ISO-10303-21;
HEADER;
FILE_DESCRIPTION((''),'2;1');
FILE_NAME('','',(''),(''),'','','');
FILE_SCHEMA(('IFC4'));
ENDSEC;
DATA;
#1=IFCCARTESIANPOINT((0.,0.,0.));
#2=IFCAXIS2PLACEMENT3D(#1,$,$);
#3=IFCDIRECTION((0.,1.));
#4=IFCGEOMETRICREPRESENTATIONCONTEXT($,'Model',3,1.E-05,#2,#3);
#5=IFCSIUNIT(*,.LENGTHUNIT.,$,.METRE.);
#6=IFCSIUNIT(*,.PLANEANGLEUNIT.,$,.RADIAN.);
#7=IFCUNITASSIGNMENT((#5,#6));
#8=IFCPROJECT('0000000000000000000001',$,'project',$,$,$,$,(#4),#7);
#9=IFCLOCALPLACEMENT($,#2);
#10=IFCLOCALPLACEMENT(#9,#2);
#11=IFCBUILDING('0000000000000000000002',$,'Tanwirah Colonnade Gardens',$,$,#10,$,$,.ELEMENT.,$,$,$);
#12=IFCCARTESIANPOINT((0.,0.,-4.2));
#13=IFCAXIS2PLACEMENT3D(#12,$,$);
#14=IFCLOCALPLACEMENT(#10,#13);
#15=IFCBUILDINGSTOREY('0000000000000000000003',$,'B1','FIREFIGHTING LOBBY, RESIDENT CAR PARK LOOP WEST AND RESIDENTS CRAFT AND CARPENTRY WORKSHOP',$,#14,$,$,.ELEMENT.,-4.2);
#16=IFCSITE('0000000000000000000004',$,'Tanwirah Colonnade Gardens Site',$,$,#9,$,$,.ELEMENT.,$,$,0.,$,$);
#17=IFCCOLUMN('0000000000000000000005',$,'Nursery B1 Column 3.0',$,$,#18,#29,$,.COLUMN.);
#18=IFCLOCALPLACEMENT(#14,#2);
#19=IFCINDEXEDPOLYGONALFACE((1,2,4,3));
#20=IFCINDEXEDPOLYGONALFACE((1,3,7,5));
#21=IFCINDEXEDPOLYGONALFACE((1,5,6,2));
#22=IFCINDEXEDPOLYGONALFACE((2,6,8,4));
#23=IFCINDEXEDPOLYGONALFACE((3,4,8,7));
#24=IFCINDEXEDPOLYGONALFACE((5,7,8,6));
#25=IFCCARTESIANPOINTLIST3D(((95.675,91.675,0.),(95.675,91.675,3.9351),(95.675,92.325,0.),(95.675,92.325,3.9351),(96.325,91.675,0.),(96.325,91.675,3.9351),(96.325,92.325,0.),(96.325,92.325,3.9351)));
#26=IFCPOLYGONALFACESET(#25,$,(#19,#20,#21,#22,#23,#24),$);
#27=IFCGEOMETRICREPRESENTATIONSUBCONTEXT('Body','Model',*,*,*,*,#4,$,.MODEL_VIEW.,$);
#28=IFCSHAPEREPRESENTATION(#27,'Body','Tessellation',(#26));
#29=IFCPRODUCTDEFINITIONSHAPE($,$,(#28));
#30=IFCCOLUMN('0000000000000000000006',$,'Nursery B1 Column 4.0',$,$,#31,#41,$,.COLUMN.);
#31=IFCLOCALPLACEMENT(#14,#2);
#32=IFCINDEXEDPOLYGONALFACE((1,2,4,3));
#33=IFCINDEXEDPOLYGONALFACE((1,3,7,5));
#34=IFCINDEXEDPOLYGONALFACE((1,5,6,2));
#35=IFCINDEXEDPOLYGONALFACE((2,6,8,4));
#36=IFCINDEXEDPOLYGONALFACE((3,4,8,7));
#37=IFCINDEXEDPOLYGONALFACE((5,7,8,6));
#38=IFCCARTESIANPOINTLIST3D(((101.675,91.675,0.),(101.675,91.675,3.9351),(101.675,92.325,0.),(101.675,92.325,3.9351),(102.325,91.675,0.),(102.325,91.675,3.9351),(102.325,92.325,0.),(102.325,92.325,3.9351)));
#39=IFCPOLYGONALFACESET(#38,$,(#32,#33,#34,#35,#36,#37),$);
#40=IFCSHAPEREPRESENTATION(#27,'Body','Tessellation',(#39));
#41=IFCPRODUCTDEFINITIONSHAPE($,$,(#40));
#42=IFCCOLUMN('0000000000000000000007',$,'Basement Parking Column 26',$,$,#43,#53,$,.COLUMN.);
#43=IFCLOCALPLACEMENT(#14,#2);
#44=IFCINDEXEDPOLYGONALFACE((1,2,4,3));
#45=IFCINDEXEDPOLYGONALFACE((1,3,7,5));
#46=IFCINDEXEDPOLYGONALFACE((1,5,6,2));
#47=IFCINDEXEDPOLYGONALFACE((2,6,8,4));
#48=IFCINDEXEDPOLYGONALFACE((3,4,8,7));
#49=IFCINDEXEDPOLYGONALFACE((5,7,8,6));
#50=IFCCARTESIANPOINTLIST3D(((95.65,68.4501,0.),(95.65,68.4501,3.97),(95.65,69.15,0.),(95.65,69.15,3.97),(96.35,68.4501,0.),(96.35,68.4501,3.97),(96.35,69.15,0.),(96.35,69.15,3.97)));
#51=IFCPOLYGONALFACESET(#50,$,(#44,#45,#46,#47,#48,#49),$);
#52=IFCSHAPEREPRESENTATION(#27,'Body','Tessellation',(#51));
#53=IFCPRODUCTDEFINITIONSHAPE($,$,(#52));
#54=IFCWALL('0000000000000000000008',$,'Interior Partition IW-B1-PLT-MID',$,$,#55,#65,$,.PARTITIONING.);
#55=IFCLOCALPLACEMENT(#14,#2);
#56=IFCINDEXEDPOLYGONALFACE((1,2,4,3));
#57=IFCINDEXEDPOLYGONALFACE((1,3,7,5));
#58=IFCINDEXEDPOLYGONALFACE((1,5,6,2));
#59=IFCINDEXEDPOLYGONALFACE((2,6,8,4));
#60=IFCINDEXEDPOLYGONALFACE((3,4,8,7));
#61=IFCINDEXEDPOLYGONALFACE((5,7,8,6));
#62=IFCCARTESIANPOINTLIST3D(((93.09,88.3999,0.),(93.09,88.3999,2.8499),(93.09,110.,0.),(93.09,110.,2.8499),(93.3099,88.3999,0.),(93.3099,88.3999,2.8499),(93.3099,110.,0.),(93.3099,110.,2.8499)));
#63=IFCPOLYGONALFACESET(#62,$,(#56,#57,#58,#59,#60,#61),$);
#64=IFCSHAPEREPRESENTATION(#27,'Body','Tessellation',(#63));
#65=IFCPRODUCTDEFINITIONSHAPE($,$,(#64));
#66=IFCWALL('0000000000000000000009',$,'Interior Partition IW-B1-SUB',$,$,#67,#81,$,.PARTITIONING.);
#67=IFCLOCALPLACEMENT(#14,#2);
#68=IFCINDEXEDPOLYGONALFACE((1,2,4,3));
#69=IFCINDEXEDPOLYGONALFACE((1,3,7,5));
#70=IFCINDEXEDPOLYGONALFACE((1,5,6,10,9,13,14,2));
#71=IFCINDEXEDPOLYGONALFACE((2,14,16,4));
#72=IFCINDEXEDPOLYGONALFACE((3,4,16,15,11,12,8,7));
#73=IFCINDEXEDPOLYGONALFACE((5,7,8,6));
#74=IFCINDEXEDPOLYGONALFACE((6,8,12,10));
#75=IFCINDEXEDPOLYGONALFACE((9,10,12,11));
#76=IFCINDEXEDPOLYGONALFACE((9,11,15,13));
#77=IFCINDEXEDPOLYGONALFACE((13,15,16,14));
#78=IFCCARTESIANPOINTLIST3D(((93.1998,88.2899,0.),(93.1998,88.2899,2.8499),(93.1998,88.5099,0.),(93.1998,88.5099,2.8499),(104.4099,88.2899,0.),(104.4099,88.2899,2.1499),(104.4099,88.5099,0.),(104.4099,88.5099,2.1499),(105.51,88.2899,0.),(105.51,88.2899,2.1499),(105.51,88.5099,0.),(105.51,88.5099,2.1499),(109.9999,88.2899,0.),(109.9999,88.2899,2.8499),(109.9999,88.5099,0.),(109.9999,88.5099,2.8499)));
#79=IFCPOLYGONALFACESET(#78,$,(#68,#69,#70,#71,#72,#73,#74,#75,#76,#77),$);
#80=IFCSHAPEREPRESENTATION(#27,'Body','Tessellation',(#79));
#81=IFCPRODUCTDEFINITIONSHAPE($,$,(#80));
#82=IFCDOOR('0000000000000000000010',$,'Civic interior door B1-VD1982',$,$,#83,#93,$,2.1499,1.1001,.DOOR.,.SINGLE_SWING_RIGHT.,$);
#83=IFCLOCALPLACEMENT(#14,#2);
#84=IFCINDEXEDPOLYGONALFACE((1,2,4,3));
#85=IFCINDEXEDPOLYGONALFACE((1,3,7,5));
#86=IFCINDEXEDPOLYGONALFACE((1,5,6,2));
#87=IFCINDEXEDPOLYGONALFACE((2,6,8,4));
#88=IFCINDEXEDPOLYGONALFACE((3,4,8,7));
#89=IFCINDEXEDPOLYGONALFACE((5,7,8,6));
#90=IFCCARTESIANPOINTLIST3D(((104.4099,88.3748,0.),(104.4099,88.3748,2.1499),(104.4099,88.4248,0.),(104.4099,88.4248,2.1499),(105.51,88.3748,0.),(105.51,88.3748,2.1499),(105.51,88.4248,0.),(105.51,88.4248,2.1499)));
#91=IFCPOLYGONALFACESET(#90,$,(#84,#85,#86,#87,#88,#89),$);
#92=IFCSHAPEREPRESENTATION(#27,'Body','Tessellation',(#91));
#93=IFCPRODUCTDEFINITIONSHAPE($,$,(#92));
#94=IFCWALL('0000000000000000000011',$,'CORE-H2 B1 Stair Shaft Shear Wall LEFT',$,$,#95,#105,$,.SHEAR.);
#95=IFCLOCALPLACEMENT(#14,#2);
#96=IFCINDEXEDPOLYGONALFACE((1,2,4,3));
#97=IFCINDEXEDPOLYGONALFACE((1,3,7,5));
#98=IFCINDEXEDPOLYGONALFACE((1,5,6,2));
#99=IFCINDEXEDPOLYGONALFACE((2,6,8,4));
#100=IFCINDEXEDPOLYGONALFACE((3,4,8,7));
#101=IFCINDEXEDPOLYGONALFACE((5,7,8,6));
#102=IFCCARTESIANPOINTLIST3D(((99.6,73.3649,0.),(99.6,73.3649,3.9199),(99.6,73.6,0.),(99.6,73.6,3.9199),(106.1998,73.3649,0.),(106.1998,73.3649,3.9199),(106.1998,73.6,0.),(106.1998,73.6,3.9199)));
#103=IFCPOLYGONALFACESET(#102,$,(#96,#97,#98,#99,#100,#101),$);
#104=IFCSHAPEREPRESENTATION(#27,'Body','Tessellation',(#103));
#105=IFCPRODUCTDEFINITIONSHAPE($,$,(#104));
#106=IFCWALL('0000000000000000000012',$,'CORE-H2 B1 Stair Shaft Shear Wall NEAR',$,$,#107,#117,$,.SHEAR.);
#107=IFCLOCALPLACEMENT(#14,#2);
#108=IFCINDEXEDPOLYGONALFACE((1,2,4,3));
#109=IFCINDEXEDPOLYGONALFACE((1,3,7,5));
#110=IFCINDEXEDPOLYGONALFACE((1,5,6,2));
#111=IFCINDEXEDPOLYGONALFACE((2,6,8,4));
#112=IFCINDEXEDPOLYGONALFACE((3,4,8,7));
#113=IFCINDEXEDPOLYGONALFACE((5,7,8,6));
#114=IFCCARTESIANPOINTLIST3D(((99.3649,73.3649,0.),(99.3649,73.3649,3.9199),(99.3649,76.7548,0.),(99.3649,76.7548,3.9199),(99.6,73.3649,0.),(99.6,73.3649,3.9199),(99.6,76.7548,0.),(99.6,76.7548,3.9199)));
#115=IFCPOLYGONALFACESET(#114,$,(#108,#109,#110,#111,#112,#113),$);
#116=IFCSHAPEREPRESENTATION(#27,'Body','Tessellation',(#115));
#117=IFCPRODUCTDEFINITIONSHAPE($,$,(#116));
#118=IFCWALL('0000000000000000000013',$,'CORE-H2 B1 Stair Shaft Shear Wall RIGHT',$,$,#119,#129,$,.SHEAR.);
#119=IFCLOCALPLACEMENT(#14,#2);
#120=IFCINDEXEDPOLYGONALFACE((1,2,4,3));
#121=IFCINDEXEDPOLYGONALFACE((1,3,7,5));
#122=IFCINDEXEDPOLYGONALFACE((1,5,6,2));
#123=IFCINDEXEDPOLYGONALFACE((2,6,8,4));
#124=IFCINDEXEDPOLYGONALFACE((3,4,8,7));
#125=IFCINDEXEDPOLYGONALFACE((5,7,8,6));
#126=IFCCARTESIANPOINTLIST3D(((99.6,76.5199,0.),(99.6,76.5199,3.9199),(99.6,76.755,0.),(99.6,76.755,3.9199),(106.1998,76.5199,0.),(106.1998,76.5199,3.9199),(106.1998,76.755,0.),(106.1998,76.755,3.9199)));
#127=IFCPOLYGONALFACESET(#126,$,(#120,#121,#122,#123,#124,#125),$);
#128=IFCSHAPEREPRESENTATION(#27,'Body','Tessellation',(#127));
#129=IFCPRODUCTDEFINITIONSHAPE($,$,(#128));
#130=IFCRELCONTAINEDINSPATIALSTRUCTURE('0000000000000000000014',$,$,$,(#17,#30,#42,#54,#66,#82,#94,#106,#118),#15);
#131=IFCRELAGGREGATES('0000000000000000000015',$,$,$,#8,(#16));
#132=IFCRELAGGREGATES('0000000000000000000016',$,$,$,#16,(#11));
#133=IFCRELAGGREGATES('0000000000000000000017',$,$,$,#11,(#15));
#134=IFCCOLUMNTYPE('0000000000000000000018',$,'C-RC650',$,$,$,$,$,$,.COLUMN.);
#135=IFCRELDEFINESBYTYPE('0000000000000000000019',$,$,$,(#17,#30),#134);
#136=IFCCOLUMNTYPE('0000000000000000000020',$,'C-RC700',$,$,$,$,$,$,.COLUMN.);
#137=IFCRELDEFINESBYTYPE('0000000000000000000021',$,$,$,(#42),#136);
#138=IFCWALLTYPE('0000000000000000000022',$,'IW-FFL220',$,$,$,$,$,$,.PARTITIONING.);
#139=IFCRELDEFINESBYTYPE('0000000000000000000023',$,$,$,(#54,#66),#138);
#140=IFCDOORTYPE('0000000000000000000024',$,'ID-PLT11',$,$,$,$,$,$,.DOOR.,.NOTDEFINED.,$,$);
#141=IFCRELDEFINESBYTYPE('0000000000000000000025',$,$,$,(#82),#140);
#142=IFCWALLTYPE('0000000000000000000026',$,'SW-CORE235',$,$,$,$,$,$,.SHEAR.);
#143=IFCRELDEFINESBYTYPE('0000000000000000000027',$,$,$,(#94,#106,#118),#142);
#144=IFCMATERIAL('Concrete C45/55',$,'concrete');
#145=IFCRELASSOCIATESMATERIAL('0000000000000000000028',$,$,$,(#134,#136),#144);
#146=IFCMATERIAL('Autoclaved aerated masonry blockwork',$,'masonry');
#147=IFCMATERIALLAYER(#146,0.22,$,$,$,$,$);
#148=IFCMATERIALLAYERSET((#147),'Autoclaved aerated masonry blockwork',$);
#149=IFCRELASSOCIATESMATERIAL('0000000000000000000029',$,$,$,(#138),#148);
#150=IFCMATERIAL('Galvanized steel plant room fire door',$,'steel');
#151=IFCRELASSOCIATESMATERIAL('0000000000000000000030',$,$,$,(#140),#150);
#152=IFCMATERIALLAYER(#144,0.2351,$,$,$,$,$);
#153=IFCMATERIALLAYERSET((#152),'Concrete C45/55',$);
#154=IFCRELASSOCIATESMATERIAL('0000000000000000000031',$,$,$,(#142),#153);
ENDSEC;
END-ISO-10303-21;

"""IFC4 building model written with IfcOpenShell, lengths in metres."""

from ifc_helpers import new_model, si_unit, direction, frame, frame_2d, origin, origin_2d, place, context, subcontext, project, spatial, rectangle, extrude, material, layer, layer_set, material_profile, profile_set, type_object, element, fill, save


model = new_model("IFC4")

# Units and contexts
model_context = context("Model", 3, precision=1e-05, world=origin(), true_north=direction((0.0, 1.0)))
body_context = subcontext(model_context, "Body", "Model", "MODEL_VIEW")
ifc_project = project(units=[si_unit("LENGTHUNIT", "METRE"), si_unit("PLANEANGLEUNIT", "RADIAN")], contexts=[model_context])

# Site, building, storey
site_placement = place(None, origin())
site = spatial("IfcSite", under=ifc_project, at=site_placement, Name="Tanwirah Colonnade Gardens Site", CompositionType="ELEMENT", RefElevation=0.0)
building_placement = place(site_placement, origin())
building = spatial("IfcBuilding", under=site, at=building_placement, Name="Tanwirah Colonnade Gardens", CompositionType="ELEMENT")
storey_placement = place(building_placement, frame((0.0, 0.0, -4.2)))
storey = spatial("IfcBuildingStorey", under=building, at=storey_placement, Name="B1", Description="FIREFIGHTING LOBBY, RESIDENT CAR PARK LOOP WEST AND RESIDENTS CRAFT AND CARPENTRY WORKSHOP", CompositionType="ELEMENT", Elevation=-4.2)

# Shared definitions
ifc_material_1 = material(Name="Concrete C45/55", Category="concrete")

# Columns
ifc_material_profile_1 = material_profile(ifc_material_1, rectangle(XDim=0.6499, YDim=0.6499, at=origin_2d()), Name="RC-COL 650x650")
ifc_profile_set_1 = profile_set([ifc_material_profile_1], Name="Concrete C45/55")
column_type_1 = type_object("IfcColumnType", Name="C-RC650", PredefinedType="COLUMN", material=ifc_profile_set_1)
for number, where, z_axis, x_axis, name in (
    (1, (96.0, 92.0, 0.0), (0.0, 0.0, 1.0), (1.0, 0.0, 0.0), "Nursery B1 Column 3.0"),
    (2, (102.0, 92.0, 0.0), (0.0, 0.0, 1.0), (1.0, 0.0, 0.0), "Nursery B1 Column 4.0"),
):
    element("IfcColumn", number, at=place(storey_placement, frame(where, z_axis=z_axis, x_axis=x_axis)), inside=storey, type_object=column_type_1, Name=name, PredefinedType="COLUMN", context=body_context, shape_type="SweptSolid", body=[
        extrude(rectangle(XDim=0.6499, YDim=0.6499, at=origin_2d()), origin(), (0.0, 0.0, 1.0), 3.9351),
    ])
ifc_material_profile_2 = material_profile(ifc_material_1, rectangle(XDim=0.7, YDim=0.7, at=origin_2d()), Name="RC-COL 700x700")
ifc_profile_set_2 = profile_set([ifc_material_profile_2], Name="Concrete C45/55")
column_type_2 = type_object("IfcColumnType", Name="C-RC700", PredefinedType="COLUMN", material=ifc_profile_set_2)
column_1_placement = place(storey_placement, frame((96.0, 68.8, 0.0), z_axis=(0.0, 0.0, 1.0), x_axis=(1.0, 0.0, 0.0)))
element("IfcColumn", 3, at=column_1_placement, inside=storey, type_object=column_type_2, Name="Basement Parking Column 26", PredefinedType="COLUMN", context=body_context, shape_type="SweptSolid", body=[
    extrude(rectangle(XDim=0.7, YDim=0.7, at=origin_2d()), origin(), (0.0, 0.0, 1.0), 3.97),
])

# Wall
ifc_material_2 = material(Name="Autoclaved aerated masonry blockwork", Category="masonry")
ifc_layer_1 = layer(ifc_material_2, 0.22)
ifc_layer_set_1 = layer_set([ifc_layer_1], Name="Autoclaved aerated masonry blockwork")
wall_type_1 = type_object("IfcWallType", Name="IW-FFL220", PredefinedType="PARTITIONING", material=ifc_layer_set_1)
wall_1_placement = place(storey_placement, frame((93.2, 88.3999, 0.0), z_axis=(0.0, 0.0, 1.0), x_axis=(0.0, 1.0, 0.0)))
element("IfcWall", 4, at=wall_1_placement, inside=storey, type_object=wall_type_1, Name="Interior Partition IW-B1-PLT-MID", PredefinedType="PARTITIONING", context=body_context, shape_type="SweptSolid", body=[
    extrude(rectangle(XDim=21.6001, YDim=0.22, at=frame_2d((10.8, 0.0))), origin(), (0.0, 0.0, 1.0), 2.8499),
])

# Wall, opening, door
wall_2_placement = place(storey_placement, frame((93.2, 88.3999, 0.0), z_axis=(0.0, 0.0, 1.0), x_axis=(1.0, 0.0, 0.0)))
wall_2 = element("IfcWall", 5, at=wall_2_placement, inside=storey, type_object=wall_type_1, Name="Interior Partition IW-B1-SUB", PredefinedType="PARTITIONING", context=body_context, shape_type="SweptSolid", body=[
    extrude(rectangle(XDim=16.8, YDim=0.22, at=frame_2d((8.3999, 0.0))), origin(), (0.0, 0.0, 1.0), 2.8499),
])
opening_placement = place(wall_2_placement, frame((11.21, 0.0, 0.0)))
opening = element("IfcOpeningElement", 6, at=opening_placement, cuts=wall_2, PredefinedType="OPENING", context=body_context, shape_type="SweptSolid", body=[
    extrude(rectangle(XDim=1.1001, YDim=2.1499, at=frame_2d((0.55, 1.075))), frame((0.0, 0.1199, 0.0), z_axis=(0.0, -1.0, 0.0), x_axis=(1.0, 0.0, 0.0)), (0.0, 0.0, 1.0), 0.24),
])
ifc_material_3 = material(Name="Galvanized steel plant room fire door", Category="steel")
door_type = type_object("IfcDoorType", Name="ID-PLT11", OperationType="NOTDEFINED", PredefinedType="DOOR", material=ifc_material_3)
door_placement = place(opening_placement, origin())
door = element("IfcDoor", 7, at=door_placement, inside=storey, type_object=door_type, Name="Civic interior door B1-VD1982", OperationType="SINGLE_SWING_RIGHT", OverallHeight=2.1499, OverallWidth=1.1001, PredefinedType="DOOR", context=body_context, shape_type="SweptSolid", body=[
    extrude(rectangle(XDim=1.1001, YDim=2.1499, at=frame_2d((0.55, 1.075))), frame((0.0, 0.0249, 0.0), z_axis=(0.0, -1.0, 0.0), x_axis=(1.0, 0.0, 0.0)), (0.0, 0.0, 1.0), 0.05),
])
fill(opening, door)

# Walls
ifc_layer_2 = layer(ifc_material_1, 0.2351)
ifc_layer_set_2 = layer_set([ifc_layer_2], Name="Concrete C45/55")
wall_type_2 = type_object("IfcWallType", Name="SW-CORE235", PredefinedType="SHEAR", material=ifc_layer_set_2)
wall_3_placement = place(storey_placement, frame((99.6001, 73.4824, 0.0), z_axis=(0.0, 0.0, 1.0), x_axis=(1.0, 0.0, 0.0)))
element("IfcWall", 8, at=wall_3_placement, inside=storey, type_object=wall_type_2, Name="CORE-H2 B1 Stair Shaft Shear Wall LEFT", PredefinedType="SHEAR", context=body_context, shape_type="SweptSolid", body=[
    extrude(rectangle(XDim=6.5999, YDim=0.2351, at=frame_2d((3.2998, 0.0))), origin(), (0.0, 0.0, 1.0), 3.9199),
])
wall_4_placement = place(storey_placement, frame((99.4824, 73.365, 0.0), z_axis=(0.0, 0.0, 1.0), x_axis=(0.0, 1.0, 0.0)))
element("IfcWall", 9, at=wall_4_placement, inside=storey, type_object=wall_type_2, Name="CORE-H2 B1 Stair Shaft Shear Wall NEAR", PredefinedType="SHEAR", context=body_context, shape_type="SweptSolid", body=[
    extrude(rectangle(XDim=3.3899, YDim=0.2351, at=frame_2d((1.6948, 0.0))), origin(), (0.0, 0.0, 1.0), 3.9199),
])
wall_5_placement = place(storey_placement, frame((99.6001, 76.6375, 0.0), z_axis=(0.0, 0.0, 1.0), x_axis=(1.0, 0.0, 0.0)))
element("IfcWall", 10, at=wall_5_placement, inside=storey, type_object=wall_type_2, Name="CORE-H2 B1 Stair Shaft Shear Wall RIGHT", PredefinedType="SHEAR", context=body_context, shape_type="SweptSolid", body=[
    extrude(rectangle(XDim=6.5999, YDim=0.2351, at=frame_2d((3.2998, 0.0))), origin(), (0.0, 0.0, 1.0), 3.9199),
])

save(model, "model.ifc")
